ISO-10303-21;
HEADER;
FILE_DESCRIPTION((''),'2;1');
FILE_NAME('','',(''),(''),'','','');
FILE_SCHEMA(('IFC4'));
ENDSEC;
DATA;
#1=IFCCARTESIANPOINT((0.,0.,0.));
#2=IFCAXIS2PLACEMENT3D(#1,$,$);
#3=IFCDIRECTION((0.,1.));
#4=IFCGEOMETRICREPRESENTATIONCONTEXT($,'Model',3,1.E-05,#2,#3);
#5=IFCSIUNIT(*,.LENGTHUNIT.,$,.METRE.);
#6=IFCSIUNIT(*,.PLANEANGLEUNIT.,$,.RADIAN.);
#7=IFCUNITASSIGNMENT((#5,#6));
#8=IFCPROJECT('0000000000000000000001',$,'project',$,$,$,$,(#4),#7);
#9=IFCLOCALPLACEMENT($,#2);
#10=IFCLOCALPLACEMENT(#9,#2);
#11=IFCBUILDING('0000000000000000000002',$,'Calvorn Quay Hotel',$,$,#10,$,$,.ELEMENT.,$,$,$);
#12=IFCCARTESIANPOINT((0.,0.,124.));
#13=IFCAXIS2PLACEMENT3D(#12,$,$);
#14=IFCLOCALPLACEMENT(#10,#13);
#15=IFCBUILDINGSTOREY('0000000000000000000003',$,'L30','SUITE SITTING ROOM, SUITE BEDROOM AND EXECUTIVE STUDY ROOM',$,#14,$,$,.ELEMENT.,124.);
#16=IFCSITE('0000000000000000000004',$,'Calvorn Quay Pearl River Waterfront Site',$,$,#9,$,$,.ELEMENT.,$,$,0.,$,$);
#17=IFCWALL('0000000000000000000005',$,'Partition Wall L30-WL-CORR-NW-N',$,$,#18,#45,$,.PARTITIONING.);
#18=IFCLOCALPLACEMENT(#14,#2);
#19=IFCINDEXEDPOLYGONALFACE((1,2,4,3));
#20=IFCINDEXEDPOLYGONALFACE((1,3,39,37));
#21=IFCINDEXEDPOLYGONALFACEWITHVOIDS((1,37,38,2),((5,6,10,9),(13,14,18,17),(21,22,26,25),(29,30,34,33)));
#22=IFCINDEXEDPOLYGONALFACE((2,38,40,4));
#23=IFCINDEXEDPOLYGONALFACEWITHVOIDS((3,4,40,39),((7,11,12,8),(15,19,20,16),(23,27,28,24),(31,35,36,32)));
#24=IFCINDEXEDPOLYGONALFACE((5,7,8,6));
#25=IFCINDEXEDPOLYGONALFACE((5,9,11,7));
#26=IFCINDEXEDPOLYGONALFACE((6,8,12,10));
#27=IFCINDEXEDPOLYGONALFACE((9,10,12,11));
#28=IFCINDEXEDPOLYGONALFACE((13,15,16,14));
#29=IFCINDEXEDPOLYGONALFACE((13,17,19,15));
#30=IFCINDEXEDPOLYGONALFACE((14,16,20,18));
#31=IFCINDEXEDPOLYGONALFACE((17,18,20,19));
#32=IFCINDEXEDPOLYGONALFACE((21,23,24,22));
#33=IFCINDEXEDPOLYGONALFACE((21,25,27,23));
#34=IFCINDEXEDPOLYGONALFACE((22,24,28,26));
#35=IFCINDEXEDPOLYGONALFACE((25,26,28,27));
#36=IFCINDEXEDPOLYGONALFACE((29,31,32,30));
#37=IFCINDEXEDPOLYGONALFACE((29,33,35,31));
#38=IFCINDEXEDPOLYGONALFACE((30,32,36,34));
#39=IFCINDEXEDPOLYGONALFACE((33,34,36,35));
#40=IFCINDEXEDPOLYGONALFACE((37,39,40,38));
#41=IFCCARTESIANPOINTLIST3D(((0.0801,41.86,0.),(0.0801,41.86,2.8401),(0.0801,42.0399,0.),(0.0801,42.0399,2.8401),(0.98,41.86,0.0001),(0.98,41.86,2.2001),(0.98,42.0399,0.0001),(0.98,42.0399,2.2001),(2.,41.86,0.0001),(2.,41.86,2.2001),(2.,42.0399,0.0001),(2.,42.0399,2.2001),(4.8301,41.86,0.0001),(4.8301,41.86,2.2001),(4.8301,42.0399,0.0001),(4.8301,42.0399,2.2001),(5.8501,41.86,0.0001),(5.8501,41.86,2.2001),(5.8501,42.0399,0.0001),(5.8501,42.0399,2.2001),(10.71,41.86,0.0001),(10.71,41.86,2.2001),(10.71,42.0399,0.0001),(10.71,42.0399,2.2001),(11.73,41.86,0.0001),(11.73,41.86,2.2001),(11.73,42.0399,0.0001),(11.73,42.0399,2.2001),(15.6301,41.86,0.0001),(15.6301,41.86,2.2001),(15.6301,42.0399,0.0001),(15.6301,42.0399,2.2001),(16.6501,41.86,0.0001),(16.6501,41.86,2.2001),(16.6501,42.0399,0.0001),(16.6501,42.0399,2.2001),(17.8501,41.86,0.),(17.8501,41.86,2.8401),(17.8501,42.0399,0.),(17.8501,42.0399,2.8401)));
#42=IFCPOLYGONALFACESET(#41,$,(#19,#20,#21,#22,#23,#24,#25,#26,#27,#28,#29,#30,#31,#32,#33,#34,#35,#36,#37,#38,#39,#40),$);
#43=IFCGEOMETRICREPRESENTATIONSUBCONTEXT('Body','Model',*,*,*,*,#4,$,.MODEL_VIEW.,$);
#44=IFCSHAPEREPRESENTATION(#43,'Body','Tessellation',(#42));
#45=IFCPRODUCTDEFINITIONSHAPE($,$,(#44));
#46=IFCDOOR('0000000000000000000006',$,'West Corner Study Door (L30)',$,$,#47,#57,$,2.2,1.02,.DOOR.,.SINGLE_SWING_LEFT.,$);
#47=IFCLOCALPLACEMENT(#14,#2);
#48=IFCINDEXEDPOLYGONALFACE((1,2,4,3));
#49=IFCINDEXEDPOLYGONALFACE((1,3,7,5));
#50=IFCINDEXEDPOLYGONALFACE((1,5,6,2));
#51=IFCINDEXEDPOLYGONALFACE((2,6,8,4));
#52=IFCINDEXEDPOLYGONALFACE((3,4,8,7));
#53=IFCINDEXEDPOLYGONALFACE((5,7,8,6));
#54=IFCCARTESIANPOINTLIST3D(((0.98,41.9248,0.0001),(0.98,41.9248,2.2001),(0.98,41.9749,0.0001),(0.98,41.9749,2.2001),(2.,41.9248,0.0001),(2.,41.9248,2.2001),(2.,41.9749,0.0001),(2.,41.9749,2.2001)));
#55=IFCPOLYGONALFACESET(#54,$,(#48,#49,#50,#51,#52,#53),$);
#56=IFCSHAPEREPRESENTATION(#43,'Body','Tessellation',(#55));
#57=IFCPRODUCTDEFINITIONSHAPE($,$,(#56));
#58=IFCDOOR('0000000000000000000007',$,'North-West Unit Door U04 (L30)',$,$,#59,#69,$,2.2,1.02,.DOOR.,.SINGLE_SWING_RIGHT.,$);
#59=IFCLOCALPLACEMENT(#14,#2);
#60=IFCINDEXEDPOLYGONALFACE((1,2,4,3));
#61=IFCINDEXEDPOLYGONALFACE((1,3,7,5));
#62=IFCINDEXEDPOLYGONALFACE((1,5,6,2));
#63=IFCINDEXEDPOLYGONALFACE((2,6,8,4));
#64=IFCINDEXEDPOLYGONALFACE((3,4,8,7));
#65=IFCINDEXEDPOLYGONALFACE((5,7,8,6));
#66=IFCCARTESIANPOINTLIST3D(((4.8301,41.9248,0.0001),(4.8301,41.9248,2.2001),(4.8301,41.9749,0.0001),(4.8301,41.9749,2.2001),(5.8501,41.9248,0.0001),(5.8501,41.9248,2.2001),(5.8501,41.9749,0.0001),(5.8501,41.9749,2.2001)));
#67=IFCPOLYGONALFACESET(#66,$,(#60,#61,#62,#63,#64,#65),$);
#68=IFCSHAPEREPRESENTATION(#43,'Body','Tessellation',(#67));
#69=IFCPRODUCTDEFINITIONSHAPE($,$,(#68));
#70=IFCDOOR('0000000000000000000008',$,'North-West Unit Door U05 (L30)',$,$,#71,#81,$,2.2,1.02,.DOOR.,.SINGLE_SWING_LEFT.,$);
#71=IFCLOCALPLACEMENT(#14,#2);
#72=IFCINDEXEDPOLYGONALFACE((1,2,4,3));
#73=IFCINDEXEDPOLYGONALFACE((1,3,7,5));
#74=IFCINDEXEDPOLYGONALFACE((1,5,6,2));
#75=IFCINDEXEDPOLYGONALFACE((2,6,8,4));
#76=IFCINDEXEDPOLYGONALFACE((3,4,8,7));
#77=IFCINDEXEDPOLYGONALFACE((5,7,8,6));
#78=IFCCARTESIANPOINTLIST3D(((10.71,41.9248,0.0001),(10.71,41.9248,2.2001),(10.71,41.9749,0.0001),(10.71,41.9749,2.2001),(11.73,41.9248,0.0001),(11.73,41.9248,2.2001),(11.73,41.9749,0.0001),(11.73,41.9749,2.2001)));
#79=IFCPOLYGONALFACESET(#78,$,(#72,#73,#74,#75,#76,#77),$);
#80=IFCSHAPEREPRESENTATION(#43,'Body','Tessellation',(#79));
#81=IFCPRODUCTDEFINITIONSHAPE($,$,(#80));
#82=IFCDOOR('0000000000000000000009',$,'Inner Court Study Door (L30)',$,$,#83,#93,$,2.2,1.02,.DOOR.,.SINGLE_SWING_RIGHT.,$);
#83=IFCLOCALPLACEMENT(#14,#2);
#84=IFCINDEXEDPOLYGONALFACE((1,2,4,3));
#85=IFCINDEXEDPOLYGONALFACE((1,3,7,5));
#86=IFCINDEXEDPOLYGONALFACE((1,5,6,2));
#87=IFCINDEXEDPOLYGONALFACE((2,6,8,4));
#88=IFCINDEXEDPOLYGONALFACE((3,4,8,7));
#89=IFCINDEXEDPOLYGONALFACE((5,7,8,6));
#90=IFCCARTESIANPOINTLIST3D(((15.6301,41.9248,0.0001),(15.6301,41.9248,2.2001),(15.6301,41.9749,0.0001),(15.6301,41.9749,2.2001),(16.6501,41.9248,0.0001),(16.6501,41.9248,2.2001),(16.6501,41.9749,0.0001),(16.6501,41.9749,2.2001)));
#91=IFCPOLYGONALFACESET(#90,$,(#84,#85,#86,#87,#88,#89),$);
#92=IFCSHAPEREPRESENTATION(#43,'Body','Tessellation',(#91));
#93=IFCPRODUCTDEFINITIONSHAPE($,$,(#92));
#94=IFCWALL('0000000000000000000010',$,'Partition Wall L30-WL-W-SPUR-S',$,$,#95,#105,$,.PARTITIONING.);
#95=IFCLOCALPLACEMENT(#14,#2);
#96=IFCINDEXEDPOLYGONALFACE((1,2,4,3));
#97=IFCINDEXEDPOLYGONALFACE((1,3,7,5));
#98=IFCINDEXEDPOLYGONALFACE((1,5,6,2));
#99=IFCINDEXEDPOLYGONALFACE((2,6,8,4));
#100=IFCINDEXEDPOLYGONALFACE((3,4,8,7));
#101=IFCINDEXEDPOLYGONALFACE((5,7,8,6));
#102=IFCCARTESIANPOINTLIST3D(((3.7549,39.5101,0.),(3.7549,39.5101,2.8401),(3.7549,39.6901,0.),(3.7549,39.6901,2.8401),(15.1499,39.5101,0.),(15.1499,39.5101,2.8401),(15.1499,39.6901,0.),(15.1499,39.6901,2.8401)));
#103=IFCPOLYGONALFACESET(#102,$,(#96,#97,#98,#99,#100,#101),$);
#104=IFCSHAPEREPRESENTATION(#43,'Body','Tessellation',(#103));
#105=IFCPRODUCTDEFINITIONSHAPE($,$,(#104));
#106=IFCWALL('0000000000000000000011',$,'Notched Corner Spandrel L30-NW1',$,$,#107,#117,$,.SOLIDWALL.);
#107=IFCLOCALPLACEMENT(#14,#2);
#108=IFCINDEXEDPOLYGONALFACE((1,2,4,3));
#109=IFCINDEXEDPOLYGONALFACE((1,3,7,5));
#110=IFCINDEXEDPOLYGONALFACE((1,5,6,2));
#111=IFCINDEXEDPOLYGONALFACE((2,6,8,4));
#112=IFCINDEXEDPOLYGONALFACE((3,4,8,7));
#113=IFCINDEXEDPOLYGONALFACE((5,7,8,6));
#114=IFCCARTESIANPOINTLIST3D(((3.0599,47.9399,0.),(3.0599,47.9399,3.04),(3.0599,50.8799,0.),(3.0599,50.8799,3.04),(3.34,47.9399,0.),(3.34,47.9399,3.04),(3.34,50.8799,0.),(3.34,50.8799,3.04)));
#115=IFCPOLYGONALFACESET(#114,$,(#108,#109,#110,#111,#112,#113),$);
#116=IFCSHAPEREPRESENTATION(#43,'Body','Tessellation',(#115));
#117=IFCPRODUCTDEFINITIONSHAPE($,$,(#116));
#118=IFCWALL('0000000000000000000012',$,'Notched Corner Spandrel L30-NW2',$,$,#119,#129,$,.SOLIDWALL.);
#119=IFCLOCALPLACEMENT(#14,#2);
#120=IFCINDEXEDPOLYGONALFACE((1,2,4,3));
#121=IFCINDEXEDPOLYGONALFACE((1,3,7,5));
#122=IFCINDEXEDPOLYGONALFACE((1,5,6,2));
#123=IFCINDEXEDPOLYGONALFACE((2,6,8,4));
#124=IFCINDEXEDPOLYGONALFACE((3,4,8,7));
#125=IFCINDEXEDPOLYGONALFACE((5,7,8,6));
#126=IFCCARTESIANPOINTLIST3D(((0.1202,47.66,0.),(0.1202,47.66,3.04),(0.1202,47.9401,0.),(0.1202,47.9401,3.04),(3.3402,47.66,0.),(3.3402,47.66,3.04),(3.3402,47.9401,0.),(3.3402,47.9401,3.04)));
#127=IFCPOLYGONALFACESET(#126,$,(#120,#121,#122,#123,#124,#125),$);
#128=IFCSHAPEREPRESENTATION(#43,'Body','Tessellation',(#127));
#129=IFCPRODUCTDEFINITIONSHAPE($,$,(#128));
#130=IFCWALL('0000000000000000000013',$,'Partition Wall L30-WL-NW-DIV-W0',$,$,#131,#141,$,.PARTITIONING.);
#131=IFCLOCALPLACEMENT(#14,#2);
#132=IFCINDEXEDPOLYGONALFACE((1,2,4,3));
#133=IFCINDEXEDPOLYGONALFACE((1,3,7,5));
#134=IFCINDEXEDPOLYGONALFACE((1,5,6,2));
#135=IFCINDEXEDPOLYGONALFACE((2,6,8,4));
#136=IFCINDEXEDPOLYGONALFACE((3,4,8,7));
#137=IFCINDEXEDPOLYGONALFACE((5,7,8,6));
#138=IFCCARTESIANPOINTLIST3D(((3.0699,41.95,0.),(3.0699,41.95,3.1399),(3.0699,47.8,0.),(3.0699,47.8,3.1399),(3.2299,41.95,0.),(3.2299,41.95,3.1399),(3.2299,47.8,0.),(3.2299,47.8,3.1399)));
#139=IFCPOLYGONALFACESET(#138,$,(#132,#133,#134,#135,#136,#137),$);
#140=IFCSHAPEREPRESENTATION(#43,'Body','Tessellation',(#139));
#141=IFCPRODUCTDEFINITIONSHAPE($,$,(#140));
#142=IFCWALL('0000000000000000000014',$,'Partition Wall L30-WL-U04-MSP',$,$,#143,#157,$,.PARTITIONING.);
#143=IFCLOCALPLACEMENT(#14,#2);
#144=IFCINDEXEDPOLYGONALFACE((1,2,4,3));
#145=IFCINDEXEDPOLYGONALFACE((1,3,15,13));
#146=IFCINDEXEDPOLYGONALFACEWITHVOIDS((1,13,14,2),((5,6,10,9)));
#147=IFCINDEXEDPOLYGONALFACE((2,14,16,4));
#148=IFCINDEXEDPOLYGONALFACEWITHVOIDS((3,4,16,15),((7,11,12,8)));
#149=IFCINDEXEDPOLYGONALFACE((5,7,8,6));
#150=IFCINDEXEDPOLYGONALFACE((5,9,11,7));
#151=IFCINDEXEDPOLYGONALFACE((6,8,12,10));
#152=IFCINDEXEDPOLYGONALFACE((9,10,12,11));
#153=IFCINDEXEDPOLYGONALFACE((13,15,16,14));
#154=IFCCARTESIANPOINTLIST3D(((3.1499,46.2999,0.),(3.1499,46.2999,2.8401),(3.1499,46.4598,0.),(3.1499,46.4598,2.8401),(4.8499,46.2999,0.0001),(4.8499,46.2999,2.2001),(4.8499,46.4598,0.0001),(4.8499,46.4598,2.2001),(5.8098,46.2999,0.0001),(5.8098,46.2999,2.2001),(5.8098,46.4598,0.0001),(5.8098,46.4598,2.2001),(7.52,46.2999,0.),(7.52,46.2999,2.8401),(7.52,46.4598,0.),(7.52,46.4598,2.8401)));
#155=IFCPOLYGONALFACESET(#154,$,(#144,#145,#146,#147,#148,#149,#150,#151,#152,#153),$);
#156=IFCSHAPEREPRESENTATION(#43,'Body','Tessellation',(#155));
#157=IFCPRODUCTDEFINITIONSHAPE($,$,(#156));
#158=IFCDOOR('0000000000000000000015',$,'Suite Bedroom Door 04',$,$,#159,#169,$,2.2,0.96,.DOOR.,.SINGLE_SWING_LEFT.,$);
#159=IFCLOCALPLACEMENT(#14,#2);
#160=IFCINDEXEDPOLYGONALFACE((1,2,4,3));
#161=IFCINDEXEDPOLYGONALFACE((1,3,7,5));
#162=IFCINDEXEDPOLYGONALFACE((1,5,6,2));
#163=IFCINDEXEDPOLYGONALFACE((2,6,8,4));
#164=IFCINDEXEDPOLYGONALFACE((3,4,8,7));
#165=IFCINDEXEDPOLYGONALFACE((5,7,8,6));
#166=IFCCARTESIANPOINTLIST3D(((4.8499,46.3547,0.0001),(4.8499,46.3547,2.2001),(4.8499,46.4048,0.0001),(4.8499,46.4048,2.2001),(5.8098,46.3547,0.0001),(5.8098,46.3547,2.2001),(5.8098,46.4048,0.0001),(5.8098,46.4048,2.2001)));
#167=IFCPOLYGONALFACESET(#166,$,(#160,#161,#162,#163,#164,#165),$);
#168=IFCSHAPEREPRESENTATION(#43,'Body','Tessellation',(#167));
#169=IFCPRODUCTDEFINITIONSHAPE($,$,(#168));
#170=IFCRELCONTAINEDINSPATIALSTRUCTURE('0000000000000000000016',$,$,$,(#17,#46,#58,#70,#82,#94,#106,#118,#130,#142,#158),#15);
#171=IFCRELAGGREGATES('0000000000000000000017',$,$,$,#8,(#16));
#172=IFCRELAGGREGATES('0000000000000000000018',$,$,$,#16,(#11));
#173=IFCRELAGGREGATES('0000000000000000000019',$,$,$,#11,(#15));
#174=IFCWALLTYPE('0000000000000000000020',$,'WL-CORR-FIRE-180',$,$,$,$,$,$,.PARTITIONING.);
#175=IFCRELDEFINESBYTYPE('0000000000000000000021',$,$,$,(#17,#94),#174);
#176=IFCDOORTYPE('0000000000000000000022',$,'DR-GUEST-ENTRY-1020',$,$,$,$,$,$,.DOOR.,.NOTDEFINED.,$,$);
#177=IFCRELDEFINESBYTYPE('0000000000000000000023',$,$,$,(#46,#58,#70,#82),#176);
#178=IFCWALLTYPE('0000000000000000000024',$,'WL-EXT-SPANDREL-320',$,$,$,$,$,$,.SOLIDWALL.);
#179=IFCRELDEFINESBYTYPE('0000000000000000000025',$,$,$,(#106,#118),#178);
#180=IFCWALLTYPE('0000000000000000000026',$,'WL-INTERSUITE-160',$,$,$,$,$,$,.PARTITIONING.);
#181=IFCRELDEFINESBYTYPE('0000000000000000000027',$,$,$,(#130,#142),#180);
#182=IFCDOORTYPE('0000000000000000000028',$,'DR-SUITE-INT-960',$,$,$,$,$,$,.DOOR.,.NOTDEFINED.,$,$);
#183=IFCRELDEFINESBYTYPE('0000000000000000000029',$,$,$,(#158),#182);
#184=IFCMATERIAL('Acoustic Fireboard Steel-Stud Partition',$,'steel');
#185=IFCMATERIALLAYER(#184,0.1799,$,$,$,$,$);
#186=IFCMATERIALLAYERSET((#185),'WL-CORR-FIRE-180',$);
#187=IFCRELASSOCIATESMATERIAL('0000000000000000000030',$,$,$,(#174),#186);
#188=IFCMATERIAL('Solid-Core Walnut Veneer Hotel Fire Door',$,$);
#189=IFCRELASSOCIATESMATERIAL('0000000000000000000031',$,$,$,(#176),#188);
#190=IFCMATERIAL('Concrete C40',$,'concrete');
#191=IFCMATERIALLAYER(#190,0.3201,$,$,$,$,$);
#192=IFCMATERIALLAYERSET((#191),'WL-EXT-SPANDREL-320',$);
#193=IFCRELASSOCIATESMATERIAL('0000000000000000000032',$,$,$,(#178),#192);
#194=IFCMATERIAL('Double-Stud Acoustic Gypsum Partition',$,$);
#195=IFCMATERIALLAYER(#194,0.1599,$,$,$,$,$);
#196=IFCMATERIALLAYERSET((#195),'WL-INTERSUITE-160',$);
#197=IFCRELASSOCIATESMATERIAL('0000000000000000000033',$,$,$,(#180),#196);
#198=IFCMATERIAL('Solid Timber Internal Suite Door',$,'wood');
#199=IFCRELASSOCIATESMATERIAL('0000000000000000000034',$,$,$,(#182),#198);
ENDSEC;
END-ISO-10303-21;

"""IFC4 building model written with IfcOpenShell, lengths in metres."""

from ifc_helpers import new_model, si_unit, direction, frame, frame_2d, origin, place, context, subcontext, project, spatial, rectangle, extrude, material, layer, layer_set, type_object, element, fill, save


model = new_model("IFC4")

# Units and contexts
model_context = context("Model", 3, precision=1e-05, world=origin(), true_north=direction((0.0, 1.0)))
body_context = subcontext(model_context, "Body", "Model", "MODEL_VIEW")
ifc_project = project(units=[si_unit("LENGTHUNIT", "METRE"), si_unit("PLANEANGLEUNIT", "RADIAN")], contexts=[model_context])

# Site, building, storey
site_placement = place(None, origin())
site = spatial("IfcSite", under=ifc_project, at=site_placement, Name="Calvorn Quay Pearl River Waterfront Site", CompositionType="ELEMENT", RefElevation=0.0)
building_placement = place(site_placement, origin())
building = spatial("IfcBuilding", under=site, at=building_placement, Name="Calvorn Quay Hotel", CompositionType="ELEMENT")
storey_placement = place(building_placement, frame((0.0, 0.0, 124.0)))
storey = spatial("IfcBuildingStorey", under=building, at=storey_placement, Name="L30", Description="SUITE SITTING ROOM, SUITE BEDROOM AND EXECUTIVE STUDY ROOM", CompositionType="ELEMENT", Elevation=124.0)

# Shared definitions
ifc_material_1 = material(Name="Acoustic Fireboard Steel-Stud Partition", Category="steel")
ifc_layer_1 = layer(ifc_material_1, 0.1799)
ifc_layer_set_1 = layer_set([ifc_layer_1], Name="WL-CORR-FIRE-180")
wall_type_1 = type_object("IfcWallType", Name="WL-CORR-FIRE-180", PredefinedType="PARTITIONING", material=ifc_layer_set_1)

# Wall, openings, doors
wall_1_placement = place(storey_placement, frame((0.0801, 41.95, 0.0), z_axis=(0.0, 0.0, 1.0), x_axis=(1.0, 0.0, 0.0)))
wall_1 = element("IfcWall", 1, at=wall_1_placement, inside=storey, type_object=wall_type_1, Name="Partition Wall L30-WL-CORR-NW-N", PredefinedType="PARTITIONING", context=body_context, shape_type="SweptSolid", body=[
    extrude(rectangle(XDim=17.77, YDim=0.1799, at=frame_2d((8.885, 0.0))), origin(), (0.0, 0.0, 1.0), 2.8401),
])
opening_1_placement = place(wall_1_placement, frame((0.8999, 0.0, 0.0)))
opening_1 = element("IfcOpeningElement", 2, at=opening_1_placement, cuts=wall_1, PredefinedType="OPENING", context=body_context, shape_type="SweptSolid", body=[
    extrude(rectangle(XDim=1.02, YDim=2.2, at=frame_2d((0.51, 1.1001))), frame((0.0, 0.0999, 0.0), z_axis=(0.0, -1.0, 0.0), x_axis=(1.0, 0.0, 0.0)), (0.0, 0.0, 1.0), 0.2),
])
opening_2_placement = place(wall_1_placement, frame((4.75, 0.0, 0.0)))
opening_2 = element("IfcOpeningElement", 3, at=opening_2_placement, cuts=wall_1, PredefinedType="OPENING", context=body_context, shape_type="SweptSolid", body=[
    extrude(rectangle(XDim=1.02, YDim=2.2, at=frame_2d((0.51, 1.1001))), frame((0.0, 0.0999, 0.0), z_axis=(0.0, -1.0, 0.0), x_axis=(1.0, 0.0, 0.0)), (0.0, 0.0, 1.0), 0.2),
])
opening_3_placement = place(wall_1_placement, frame((10.6299, 0.0, 0.0)))
opening_3 = element("IfcOpeningElement", 4, at=opening_3_placement, cuts=wall_1, PredefinedType="OPENING", context=body_context, shape_type="SweptSolid", body=[
    extrude(rectangle(XDim=1.02, YDim=2.2, at=frame_2d((0.51, 1.1001))), frame((0.0, 0.0999, 0.0), z_axis=(0.0, -1.0, 0.0), x_axis=(1.0, 0.0, 0.0)), (0.0, 0.0, 1.0), 0.2),
])
opening_4_placement = place(wall_1_placement, frame((15.55, 0.0, 0.0)))
opening_4 = element("IfcOpeningElement", 5, at=opening_4_placement, cuts=wall_1, PredefinedType="OPENING", context=body_context, shape_type="SweptSolid", body=[
    extrude(rectangle(XDim=1.02, YDim=2.2, at=frame_2d((0.51, 1.1001))), frame((0.0, 0.0999, 0.0), z_axis=(0.0, -1.0, 0.0), x_axis=(1.0, 0.0, 0.0)), (0.0, 0.0, 1.0), 0.2),
])
ifc_material_2 = material(Name="Solid-Core Walnut Veneer Hotel Fire Door")
door_type_1 = type_object("IfcDoorType", Name="DR-GUEST-ENTRY-1020", OperationType="NOTDEFINED", PredefinedType="DOOR", material=ifc_material_2)
door_1_placement = place(opening_1_placement, origin())
door_1 = element("IfcDoor", 6, at=door_1_placement, inside=storey, type_object=door_type_1, Name="West Corner Study Door (L30)", OperationType="SINGLE_SWING_LEFT", OverallHeight=2.2, OverallWidth=1.02, PredefinedType="DOOR", context=body_context, shape_type="SweptSolid", body=[
    extrude(rectangle(XDim=1.02, YDim=2.2, at=frame_2d((0.51, 1.1001))), frame((0.0, 0.0249, 0.0), z_axis=(0.0, -1.0, 0.0), x_axis=(1.0, 0.0, 0.0)), (0.0, 0.0, 1.0), 0.05),
])
fill(opening_1, door_1)
door_2_placement = place(opening_2_placement, origin())
door_2 = element("IfcDoor", 7, at=door_2_placement, inside=storey, type_object=door_type_1, Name="North-West Unit Door U04 (L30)", OperationType="SINGLE_SWING_RIGHT", OverallHeight=2.2, OverallWidth=1.02, PredefinedType="DOOR", context=body_context, shape_type="SweptSolid", body=[
    extrude(rectangle(XDim=1.02, YDim=2.2, at=frame_2d((0.51, 1.1001))), frame((0.0, 0.0249, 0.0), z_axis=(0.0, -1.0, 0.0), x_axis=(1.0, 0.0, 0.0)), (0.0, 0.0, 1.0), 0.05),
])
fill(opening_2, door_2)
door_3_placement = place(opening_3_placement, origin())
door_3 = element("IfcDoor", 8, at=door_3_placement, inside=storey, type_object=door_type_1, Name="North-West Unit Door U05 (L30)", OperationType="SINGLE_SWING_LEFT", OverallHeight=2.2, OverallWidth=1.02, PredefinedType="DOOR", context=body_context, shape_type="SweptSolid", body=[
    extrude(rectangle(XDim=1.02, YDim=2.2, at=frame_2d((0.51, 1.1001))), frame((0.0, 0.0249, 0.0), z_axis=(0.0, -1.0, 0.0), x_axis=(1.0, 0.0, 0.0)), (0.0, 0.0, 1.0), 0.05),
])
fill(opening_3, door_3)
door_4_placement = place(opening_4_placement, origin())
door_4 = element("IfcDoor", 9, at=door_4_placement, inside=storey, type_object=door_type_1, Name="Inner Court Study Door (L30)", OperationType="SINGLE_SWING_RIGHT", OverallHeight=2.2, OverallWidth=1.02, PredefinedType="DOOR", context=body_context, shape_type="SweptSolid", body=[
    extrude(rectangle(XDim=1.02, YDim=2.2, at=frame_2d((0.51, 1.1001))), frame((0.0, 0.0249, 0.0), z_axis=(0.0, -1.0, 0.0), x_axis=(1.0, 0.0, 0.0)), (0.0, 0.0, 1.0), 0.05),
])
fill(opening_4, door_4)

# Walls
wall_2_placement = place(storey_placement, frame((3.7549, 39.6001, 0.0), z_axis=(0.0, 0.0, 1.0), x_axis=(1.0, 0.0, 0.0)))
element("IfcWall", 10, at=wall_2_placement, inside=storey, type_object=wall_type_1, Name="Partition Wall L30-WL-W-SPUR-S", PredefinedType="PARTITIONING", context=body_context, shape_type="SweptSolid", body=[
    extrude(rectangle(XDim=11.395, YDim=0.1799, at=frame_2d((5.6975, 0.0))), origin(), (0.0, 0.0, 1.0), 2.8401),
])
ifc_material_3 = material(Name="Concrete C40", Category="concrete")
ifc_layer_2 = layer(ifc_material_3, 0.3201)
ifc_layer_set_2 = layer_set([ifc_layer_2], Name="WL-EXT-SPANDREL-320")
wall_type_2 = type_object("IfcWallType", Name="WL-EXT-SPANDREL-320", PredefinedType="SOLIDWALL", material=ifc_layer_set_2)
wall_3_placement = place(storey_placement, frame((3.2, 50.8799, 0.0), z_axis=(0.0, 0.0, 1.0), x_axis=(0.0, -1.0, 0.0)))
element("IfcWall", 11, at=wall_3_placement, inside=storey, type_object=wall_type_2, Name="Notched Corner Spandrel L30-NW1", PredefinedType="SOLIDWALL", context=body_context, shape_type="SweptSolid", body=[
    extrude(rectangle(XDim=2.9399, YDim=0.28, at=frame_2d((1.47, 0.0))), origin(), (0.0, 0.0, 1.0), 3.04),
])
wall_4_placement = place(storey_placement, frame((3.3401, 47.8, 0.0), z_axis=(0.0, 0.0, 1.0), x_axis=(-1.0, 0.0, 0.0)))
element("IfcWall", 12, at=wall_4_placement, inside=storey, type_object=wall_type_2, Name="Notched Corner Spandrel L30-NW2", PredefinedType="SOLIDWALL", context=body_context, shape_type="SweptSolid", body=[
    extrude(rectangle(XDim=3.22, YDim=0.28, at=frame_2d((1.6099, 0.0))), origin(), (0.0, 0.0, 1.0), 3.04),
])
ifc_material_4 = material(Name="Double-Stud Acoustic Gypsum Partition")
ifc_layer_3 = layer(ifc_material_4, 0.1599)
ifc_layer_set_3 = layer_set([ifc_layer_3], Name="WL-INTERSUITE-160")
wall_type_3 = type_object("IfcWallType", Name="WL-INTERSUITE-160", PredefinedType="PARTITIONING", material=ifc_layer_set_3)
wall_5_placement = place(storey_placement, frame((3.1499, 41.95, 0.0), z_axis=(0.0, 0.0, 1.0), x_axis=(0.0, 1.0, 0.0)))
element("IfcWall", 13, at=wall_5_placement, inside=storey, type_object=wall_type_3, Name="Partition Wall L30-WL-NW-DIV-W0", PredefinedType="PARTITIONING", context=body_context, shape_type="SweptSolid", body=[
    extrude(rectangle(XDim=5.8501, YDim=0.1599, at=frame_2d((2.925, 0.0))), origin(), (0.0, 0.0, 1.0), 3.1399),
])

# Wall, opening, door
wall_6_placement = place(storey_placement, frame((3.1499, 46.3799, 0.0), z_axis=(0.0, 0.0, 1.0), x_axis=(1.0, 0.0, 0.0)))
wall_6 = element("IfcWall", 14, at=wall_6_placement, inside=storey, type_object=wall_type_3, Name="Partition Wall L30-WL-U04-MSP", PredefinedType="PARTITIONING", context=body_context, shape_type="SweptSolid", body=[
    extrude(rectangle(XDim=4.3701, YDim=0.1599, at=frame_2d((2.1851, 0.0))), origin(), (0.0, 0.0, 1.0), 2.8401),
])
opening_5_placement = place(wall_6_placement, frame((1.7, 0.0, 0.0)))
opening_5 = element("IfcOpeningElement", 15, at=opening_5_placement, cuts=wall_6, PredefinedType="OPENING", context=body_context, shape_type="SweptSolid", body=[
    extrude(rectangle(XDim=0.96, YDim=2.2, at=frame_2d((0.48, 1.1001))), frame((0.0, 0.0898, 0.0), z_axis=(0.0, -1.0, 0.0), x_axis=(1.0, 0.0, 0.0)), (0.0, 0.0, 1.0), 0.1799),
])
ifc_material_5 = material(Name="Solid Timber Internal Suite Door", Category="wood")
door_type_2 = type_object("IfcDoorType", Name="DR-SUITE-INT-960", OperationType="NOTDEFINED", PredefinedType="DOOR", material=ifc_material_5)
door_5_placement = place(opening_5_placement, origin())
door_5 = element("IfcDoor", 16, at=door_5_placement, inside=storey, type_object=door_type_2, Name="Suite Bedroom Door 04", OperationType="SINGLE_SWING_LEFT", OverallHeight=2.2, OverallWidth=0.96, PredefinedType="DOOR", context=body_context, shape_type="SweptSolid", body=[
    extrude(rectangle(XDim=0.96, YDim=2.2, at=frame_2d((0.48, 1.1001))), frame((0.0, 0.0249, 0.0), z_axis=(0.0, -1.0, 0.0), x_axis=(1.0, 0.0, 0.0)), (0.0, 0.0, 1.0), 0.05),
])
fill(opening_5, door_5)

save(model, "model.ifc")
